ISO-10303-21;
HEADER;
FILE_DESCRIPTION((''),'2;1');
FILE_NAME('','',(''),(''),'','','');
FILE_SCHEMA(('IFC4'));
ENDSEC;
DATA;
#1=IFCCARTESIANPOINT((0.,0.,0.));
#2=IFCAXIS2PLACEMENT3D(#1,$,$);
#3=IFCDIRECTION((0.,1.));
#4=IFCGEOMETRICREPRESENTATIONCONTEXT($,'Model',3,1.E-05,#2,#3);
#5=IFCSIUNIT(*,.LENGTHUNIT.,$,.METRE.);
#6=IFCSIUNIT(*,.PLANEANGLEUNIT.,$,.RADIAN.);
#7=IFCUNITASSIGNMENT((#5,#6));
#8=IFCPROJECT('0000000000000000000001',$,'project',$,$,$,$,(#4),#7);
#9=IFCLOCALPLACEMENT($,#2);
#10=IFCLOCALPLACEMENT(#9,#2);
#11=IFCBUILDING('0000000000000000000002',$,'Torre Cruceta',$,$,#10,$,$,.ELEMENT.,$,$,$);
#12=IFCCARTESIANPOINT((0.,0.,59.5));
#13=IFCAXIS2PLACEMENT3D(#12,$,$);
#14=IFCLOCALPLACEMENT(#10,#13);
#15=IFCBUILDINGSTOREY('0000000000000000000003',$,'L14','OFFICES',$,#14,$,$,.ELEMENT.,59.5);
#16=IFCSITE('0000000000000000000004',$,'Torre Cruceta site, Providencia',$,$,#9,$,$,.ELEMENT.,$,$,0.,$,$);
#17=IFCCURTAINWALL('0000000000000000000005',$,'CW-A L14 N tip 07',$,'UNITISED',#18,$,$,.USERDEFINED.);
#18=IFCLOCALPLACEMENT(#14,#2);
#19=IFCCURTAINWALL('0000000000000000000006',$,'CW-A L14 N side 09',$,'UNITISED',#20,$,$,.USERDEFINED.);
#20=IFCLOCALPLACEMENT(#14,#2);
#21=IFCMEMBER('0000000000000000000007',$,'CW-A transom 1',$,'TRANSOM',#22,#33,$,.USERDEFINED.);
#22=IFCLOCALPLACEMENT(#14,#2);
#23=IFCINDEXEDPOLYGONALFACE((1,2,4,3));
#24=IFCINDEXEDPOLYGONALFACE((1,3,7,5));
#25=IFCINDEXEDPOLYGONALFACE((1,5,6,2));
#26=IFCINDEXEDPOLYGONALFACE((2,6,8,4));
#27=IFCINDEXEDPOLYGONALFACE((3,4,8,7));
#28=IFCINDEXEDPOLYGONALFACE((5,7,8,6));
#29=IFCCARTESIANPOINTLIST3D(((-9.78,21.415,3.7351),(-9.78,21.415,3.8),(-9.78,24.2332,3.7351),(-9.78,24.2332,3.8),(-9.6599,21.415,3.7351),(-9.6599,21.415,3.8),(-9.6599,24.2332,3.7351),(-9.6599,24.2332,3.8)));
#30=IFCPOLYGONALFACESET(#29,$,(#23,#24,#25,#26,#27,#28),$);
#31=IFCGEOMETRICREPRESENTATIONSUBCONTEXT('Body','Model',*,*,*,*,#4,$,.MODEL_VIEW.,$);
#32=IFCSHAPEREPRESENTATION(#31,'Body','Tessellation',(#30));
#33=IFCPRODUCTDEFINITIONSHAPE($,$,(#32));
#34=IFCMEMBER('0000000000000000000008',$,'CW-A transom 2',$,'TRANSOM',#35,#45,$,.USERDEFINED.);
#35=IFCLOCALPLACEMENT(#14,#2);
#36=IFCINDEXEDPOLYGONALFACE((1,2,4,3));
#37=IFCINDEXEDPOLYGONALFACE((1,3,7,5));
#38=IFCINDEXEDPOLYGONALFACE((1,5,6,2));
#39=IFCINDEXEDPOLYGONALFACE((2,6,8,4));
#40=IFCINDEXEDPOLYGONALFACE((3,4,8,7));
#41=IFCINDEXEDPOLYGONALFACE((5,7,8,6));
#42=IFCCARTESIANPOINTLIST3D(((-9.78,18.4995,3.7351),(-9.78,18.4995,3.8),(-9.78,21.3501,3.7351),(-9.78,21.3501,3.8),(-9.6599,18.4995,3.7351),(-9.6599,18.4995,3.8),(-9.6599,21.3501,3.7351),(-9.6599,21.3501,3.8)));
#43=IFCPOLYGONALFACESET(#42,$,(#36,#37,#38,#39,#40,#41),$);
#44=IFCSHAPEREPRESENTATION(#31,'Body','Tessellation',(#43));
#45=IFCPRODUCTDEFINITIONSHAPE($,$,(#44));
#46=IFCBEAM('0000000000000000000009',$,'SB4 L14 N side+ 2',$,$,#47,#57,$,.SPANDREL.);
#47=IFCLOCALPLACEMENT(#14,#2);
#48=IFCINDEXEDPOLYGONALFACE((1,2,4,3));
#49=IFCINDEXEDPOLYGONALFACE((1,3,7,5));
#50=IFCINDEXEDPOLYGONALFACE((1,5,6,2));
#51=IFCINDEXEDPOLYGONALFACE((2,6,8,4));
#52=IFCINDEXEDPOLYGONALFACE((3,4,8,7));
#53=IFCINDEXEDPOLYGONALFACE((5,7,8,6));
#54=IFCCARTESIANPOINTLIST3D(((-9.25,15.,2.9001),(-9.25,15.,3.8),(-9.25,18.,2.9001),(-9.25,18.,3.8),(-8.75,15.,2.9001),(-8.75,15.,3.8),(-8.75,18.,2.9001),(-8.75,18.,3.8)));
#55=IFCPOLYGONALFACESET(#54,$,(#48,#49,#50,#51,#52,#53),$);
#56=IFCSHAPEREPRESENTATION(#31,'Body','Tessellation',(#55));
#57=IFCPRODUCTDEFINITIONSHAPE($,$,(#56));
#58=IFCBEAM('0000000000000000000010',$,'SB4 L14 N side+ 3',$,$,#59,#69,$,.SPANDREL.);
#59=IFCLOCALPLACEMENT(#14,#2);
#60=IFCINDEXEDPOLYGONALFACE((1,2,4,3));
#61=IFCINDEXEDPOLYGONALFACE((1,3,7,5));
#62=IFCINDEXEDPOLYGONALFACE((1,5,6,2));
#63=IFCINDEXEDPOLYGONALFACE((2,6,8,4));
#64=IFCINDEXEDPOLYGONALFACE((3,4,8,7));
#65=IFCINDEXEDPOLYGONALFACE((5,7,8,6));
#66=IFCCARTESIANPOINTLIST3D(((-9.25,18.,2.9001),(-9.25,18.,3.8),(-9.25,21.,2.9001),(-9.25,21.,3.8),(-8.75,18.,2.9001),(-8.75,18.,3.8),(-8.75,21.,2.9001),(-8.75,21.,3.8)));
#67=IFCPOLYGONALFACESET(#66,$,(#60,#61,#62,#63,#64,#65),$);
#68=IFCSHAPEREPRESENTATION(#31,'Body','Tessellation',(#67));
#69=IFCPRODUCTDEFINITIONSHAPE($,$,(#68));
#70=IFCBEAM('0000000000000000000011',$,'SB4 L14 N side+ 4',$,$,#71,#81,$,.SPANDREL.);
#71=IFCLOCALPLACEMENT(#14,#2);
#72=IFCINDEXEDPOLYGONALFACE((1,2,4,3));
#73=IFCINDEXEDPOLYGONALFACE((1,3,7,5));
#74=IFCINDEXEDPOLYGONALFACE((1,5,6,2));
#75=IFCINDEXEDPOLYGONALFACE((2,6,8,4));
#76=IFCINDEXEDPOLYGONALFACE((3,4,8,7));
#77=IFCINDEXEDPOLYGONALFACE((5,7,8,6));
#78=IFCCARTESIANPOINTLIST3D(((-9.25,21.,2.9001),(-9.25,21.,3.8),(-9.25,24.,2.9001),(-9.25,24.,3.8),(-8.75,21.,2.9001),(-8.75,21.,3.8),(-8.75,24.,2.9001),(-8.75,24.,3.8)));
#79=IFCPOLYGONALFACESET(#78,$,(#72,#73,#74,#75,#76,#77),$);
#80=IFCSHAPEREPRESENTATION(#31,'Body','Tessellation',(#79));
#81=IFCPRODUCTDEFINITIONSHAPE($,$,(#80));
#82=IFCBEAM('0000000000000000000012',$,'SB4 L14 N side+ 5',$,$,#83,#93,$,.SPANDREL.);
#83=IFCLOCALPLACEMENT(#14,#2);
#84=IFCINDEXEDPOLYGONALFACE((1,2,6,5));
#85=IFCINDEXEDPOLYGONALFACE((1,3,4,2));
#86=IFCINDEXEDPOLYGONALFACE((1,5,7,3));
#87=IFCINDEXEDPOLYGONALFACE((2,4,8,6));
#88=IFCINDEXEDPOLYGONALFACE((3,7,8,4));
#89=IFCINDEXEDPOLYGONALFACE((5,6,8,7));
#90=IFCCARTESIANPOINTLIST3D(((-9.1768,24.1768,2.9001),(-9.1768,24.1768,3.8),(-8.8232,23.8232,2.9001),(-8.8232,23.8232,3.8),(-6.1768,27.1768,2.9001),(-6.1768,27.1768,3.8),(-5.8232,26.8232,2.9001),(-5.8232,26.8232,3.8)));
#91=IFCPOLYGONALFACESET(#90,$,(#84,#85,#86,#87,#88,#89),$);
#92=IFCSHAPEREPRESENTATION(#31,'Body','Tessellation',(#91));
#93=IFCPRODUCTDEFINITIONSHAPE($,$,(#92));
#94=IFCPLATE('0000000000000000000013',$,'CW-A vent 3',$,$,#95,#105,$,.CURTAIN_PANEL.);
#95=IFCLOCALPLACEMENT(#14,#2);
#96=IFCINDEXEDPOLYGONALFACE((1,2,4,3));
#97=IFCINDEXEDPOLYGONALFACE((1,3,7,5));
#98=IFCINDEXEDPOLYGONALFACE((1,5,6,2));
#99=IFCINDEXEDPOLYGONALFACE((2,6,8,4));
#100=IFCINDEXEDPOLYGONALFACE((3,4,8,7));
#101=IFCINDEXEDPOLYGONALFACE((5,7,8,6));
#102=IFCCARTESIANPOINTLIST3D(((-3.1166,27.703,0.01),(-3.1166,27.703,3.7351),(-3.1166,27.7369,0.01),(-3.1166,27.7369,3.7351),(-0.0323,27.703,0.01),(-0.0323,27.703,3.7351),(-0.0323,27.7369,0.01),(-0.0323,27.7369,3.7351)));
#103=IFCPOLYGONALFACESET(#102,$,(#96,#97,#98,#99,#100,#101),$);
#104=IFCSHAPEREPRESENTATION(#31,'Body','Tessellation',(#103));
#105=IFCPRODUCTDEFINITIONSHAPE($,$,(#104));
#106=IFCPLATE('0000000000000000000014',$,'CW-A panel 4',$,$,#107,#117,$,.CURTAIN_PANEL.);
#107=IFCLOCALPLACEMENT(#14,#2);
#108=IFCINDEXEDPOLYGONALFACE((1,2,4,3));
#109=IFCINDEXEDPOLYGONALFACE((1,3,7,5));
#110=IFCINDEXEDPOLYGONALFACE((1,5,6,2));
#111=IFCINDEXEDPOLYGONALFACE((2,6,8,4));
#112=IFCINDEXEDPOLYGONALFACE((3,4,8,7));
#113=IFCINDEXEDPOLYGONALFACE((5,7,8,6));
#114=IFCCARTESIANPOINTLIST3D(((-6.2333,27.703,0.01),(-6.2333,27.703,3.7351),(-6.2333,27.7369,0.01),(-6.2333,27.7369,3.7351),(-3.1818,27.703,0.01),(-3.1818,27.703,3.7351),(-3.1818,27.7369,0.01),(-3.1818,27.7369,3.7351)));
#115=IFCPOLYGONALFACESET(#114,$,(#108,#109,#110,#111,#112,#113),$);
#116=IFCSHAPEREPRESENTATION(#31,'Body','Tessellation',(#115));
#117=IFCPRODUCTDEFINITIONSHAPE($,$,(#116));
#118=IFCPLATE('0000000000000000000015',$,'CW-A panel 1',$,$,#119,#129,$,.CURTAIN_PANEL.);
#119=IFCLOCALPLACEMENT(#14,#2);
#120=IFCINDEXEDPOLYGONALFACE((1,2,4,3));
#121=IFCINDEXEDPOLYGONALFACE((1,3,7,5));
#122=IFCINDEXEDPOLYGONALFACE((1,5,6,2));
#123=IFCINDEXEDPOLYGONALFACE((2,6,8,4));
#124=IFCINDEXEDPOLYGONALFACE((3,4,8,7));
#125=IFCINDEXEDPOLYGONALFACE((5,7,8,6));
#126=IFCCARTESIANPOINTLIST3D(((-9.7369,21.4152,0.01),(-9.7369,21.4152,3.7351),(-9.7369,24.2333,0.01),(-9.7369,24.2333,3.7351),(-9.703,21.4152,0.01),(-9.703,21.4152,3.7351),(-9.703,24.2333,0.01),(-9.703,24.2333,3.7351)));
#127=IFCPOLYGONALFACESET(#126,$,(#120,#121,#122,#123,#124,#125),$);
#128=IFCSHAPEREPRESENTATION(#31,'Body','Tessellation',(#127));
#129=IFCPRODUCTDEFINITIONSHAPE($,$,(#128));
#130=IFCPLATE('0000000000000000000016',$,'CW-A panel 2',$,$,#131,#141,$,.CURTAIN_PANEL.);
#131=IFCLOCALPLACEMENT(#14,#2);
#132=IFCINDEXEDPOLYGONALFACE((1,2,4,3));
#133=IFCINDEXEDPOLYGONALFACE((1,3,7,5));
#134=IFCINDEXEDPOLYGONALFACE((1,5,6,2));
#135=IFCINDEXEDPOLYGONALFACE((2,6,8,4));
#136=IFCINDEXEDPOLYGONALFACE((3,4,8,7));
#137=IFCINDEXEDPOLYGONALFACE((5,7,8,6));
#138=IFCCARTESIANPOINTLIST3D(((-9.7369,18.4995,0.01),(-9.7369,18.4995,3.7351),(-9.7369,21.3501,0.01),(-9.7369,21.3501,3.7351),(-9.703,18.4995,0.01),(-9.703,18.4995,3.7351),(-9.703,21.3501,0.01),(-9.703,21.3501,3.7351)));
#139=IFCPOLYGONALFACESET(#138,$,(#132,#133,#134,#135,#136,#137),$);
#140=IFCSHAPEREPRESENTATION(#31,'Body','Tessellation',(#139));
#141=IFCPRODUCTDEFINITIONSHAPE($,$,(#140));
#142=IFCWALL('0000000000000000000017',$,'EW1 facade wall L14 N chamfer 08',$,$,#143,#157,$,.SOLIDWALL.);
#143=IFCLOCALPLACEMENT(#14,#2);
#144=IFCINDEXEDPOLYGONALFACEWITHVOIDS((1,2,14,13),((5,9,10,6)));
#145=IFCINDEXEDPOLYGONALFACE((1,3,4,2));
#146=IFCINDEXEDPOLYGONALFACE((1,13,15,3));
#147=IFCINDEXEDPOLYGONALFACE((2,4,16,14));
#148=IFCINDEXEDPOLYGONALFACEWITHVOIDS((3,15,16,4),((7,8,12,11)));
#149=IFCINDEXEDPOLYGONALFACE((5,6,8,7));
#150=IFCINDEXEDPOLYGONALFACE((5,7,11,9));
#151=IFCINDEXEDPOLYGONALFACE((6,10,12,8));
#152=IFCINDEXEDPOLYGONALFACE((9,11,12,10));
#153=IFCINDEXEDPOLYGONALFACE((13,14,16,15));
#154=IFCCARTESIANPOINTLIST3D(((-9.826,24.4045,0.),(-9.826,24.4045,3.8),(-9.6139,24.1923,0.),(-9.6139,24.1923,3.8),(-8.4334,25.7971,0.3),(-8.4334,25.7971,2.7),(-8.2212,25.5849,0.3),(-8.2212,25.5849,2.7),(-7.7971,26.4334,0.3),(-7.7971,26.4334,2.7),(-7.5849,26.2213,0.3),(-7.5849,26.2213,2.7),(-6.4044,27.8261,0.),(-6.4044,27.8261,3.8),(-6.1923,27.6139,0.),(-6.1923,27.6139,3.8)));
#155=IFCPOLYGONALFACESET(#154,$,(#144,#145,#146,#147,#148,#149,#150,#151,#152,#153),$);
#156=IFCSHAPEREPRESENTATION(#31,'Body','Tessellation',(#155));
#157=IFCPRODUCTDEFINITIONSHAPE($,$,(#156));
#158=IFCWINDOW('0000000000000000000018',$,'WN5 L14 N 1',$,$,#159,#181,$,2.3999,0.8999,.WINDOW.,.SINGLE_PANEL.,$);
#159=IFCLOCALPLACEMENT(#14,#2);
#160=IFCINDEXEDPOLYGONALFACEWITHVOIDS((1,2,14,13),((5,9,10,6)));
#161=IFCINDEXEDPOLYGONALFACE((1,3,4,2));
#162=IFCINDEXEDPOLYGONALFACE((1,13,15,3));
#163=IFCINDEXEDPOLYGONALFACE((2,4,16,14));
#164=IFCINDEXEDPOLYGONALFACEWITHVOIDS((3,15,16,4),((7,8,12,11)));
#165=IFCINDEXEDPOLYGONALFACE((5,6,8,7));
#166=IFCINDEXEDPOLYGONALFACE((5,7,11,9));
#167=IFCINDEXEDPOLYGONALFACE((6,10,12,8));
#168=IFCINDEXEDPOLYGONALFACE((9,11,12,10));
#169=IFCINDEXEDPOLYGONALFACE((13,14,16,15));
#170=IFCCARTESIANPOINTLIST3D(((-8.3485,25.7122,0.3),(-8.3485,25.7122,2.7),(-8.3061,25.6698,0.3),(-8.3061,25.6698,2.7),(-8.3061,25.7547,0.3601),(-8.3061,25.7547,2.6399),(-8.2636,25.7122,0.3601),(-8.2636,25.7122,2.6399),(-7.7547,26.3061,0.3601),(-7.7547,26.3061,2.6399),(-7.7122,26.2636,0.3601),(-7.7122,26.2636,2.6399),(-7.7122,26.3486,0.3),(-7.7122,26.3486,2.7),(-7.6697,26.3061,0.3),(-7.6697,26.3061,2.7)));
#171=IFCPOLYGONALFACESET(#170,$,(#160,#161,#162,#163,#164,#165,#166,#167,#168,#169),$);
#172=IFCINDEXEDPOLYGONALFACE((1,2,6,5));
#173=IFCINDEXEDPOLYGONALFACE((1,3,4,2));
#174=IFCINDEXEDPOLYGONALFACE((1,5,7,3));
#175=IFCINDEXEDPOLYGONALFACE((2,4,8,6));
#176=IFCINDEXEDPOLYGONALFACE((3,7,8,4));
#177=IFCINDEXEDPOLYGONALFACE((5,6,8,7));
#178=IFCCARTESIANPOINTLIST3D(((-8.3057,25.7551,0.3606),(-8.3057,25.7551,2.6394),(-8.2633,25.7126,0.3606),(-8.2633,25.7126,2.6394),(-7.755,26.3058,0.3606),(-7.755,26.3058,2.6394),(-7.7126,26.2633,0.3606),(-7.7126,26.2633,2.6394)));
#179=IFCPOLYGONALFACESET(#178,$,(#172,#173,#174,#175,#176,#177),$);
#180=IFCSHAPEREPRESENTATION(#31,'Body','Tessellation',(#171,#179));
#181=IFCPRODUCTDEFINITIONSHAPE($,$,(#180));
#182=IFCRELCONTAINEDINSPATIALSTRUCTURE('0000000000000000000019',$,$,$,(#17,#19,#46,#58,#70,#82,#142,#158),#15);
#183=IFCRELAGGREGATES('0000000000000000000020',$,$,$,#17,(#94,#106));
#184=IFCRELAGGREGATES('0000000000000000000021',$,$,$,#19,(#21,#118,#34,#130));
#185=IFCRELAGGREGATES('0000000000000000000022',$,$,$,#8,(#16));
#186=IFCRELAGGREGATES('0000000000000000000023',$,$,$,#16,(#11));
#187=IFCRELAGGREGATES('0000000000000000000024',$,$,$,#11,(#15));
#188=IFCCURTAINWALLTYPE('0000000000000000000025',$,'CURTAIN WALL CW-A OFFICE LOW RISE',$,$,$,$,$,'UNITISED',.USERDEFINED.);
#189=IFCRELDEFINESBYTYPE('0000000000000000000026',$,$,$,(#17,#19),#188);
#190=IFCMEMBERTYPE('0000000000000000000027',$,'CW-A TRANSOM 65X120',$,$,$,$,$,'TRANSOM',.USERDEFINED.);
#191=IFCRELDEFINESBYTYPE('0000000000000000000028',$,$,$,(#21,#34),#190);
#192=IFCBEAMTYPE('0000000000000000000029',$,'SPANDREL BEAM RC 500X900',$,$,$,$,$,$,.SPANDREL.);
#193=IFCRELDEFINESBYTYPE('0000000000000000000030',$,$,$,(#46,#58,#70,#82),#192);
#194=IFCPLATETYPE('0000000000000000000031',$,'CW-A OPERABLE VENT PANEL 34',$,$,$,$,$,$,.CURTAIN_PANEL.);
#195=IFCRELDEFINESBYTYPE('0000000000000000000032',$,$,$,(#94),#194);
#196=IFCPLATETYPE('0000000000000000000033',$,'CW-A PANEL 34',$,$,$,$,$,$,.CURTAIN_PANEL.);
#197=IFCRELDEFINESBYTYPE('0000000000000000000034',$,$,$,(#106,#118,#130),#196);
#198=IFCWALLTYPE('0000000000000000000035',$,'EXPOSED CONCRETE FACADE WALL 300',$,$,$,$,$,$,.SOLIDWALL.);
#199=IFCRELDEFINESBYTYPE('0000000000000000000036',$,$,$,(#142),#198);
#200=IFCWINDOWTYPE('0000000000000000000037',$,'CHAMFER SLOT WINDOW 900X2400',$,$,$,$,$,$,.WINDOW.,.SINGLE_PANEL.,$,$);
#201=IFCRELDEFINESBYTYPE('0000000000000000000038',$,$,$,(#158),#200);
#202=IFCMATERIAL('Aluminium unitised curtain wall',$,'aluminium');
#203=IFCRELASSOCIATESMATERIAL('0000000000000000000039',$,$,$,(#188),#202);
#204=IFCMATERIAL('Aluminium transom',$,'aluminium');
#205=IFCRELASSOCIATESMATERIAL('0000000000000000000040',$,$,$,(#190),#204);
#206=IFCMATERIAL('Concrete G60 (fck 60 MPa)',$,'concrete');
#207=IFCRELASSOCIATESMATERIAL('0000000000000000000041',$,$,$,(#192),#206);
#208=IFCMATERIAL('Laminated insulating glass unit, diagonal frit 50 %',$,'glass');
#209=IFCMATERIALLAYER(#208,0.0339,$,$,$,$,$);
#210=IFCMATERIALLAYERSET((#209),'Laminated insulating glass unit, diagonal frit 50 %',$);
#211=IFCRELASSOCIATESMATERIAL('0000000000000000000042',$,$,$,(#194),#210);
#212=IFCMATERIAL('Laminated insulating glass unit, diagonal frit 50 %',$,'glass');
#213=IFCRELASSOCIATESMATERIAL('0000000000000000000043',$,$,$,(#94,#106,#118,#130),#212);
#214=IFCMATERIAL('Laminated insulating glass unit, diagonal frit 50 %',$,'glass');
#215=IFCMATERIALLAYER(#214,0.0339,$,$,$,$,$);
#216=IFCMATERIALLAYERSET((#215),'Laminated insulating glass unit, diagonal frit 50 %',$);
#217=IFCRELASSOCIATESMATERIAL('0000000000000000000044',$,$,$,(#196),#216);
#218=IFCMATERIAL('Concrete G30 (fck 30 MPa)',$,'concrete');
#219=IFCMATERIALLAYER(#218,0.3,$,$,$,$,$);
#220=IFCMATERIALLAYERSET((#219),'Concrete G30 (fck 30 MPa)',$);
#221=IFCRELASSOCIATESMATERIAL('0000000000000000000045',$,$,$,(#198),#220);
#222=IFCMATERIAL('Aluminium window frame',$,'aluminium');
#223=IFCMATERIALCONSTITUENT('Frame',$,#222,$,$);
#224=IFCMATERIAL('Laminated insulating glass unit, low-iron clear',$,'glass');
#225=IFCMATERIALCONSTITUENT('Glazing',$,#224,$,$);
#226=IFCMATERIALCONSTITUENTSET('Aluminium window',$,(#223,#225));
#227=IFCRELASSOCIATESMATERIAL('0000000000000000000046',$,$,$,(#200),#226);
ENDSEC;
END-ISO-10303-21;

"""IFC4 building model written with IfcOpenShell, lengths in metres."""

from ifc_helpers import new_model, si_unit, direction, frame, frame_2d, origin, origin_2d, place, context, subcontext, project, spatial, rectangle, hollow_rectangle, extrude, material, layer, layer_set, constituent, constituent_set, material_profile, profile_set, type_object, element, fill, aggregate, save


model = new_model("IFC4")

# Units and contexts
model_context = context("Model", 3, precision=1e-05, world=origin(), true_north=direction((0.0, 1.0)))
body_context = subcontext(model_context, "Body", "Model", "MODEL_VIEW")
ifc_project = project(units=[si_unit("LENGTHUNIT", "METRE"), si_unit("PLANEANGLEUNIT", "RADIAN")], contexts=[model_context])

# Site, building, storey
site_placement = place(None, origin())
site = spatial("IfcSite", under=ifc_project, at=site_placement, Name="Torre Cruceta site, Providencia", CompositionType="ELEMENT", RefElevation=0.0)
building_placement = place(site_placement, origin())
building = spatial("IfcBuilding", under=site, at=building_placement, Name="Torre Cruceta", CompositionType="ELEMENT")
storey_placement = place(building_placement, frame((0.0, 0.0, 59.5)))
storey = spatial("IfcBuildingStorey", under=building, at=storey_placement, Name="L14", Description="OFFICES", CompositionType="ELEMENT", Elevation=59.5)

# Curtain walls
ifc_material_1 = material(Name="Aluminium unitised curtain wall", Category="aluminium")
curtain_wall_type = type_object("IfcCurtainWallType", Name="CURTAIN WALL CW-A OFFICE LOW RISE", ElementType="UNITISED", PredefinedType="USERDEFINED", material=ifc_material_1)
curtain_wall_1_placement = place(storey_placement, origin())
curtain_wall_1 = element("IfcCurtainWall", 1, at=curtain_wall_1_placement, inside=storey, type_object=curtain_wall_type, Name="CW-A L14 N tip 07", ObjectType="UNITISED", PredefinedType="USERDEFINED")
curtain_wall_2_placement = place(storey_placement, origin())
curtain_wall_2 = element("IfcCurtainWall", 2, at=curtain_wall_2_placement, inside=storey, type_object=curtain_wall_type, Name="CW-A L14 N side 09", ObjectType="UNITISED", PredefinedType="USERDEFINED")

# Members
ifc_material_2 = material(Name="Aluminium transom", Category="aluminium")
ifc_material_profile_1 = material_profile(ifc_material_2, rectangle(XDim=0.1201, YDim=0.0649, at=origin_2d()), Name="AL 120X65")
ifc_profile_set_1 = profile_set([ifc_material_profile_1], Name="Aluminium transom")
member_type_1 = type_object("IfcMemberType", Name="CW-A TRANSOM 65X120", ElementType="TRANSOM", PredefinedType="USERDEFINED", material=ifc_profile_set_1)
member_1_placement = place(storey_placement, frame((-9.72, 24.2332, 3.7676), z_axis=(0.0, -1.0, 0.0), x_axis=(1.0, 0.0, 0.0)))
member_1 = element("IfcMember", 3, at=member_1_placement, type_object=member_type_1, Name="CW-A transom 1", ObjectType="TRANSOM", PredefinedType="USERDEFINED", context=body_context, shape_type="SweptSolid", body=[
    extrude(rectangle(XDim=0.1201, YDim=0.0649, at=origin_2d()), origin(), (0.0, 0.0, 1.0), 2.8181),
])
member_2_placement = place(storey_placement, frame((-9.72, 21.3501, 3.7676), z_axis=(0.0, -1.0, 0.0), x_axis=(1.0, 0.0, 0.0)))
member_2 = element("IfcMember", 4, at=member_2_placement, type_object=member_type_1, Name="CW-A transom 2", ObjectType="TRANSOM", PredefinedType="USERDEFINED", context=body_context, shape_type="SweptSolid", body=[
    extrude(rectangle(XDim=0.1201, YDim=0.0649, at=origin_2d()), origin(), (0.0, 0.0, 1.0), 2.8506),
])

# Beams
ifc_material_3 = material(Name="Concrete G60 (fck 60 MPa)", Category="concrete")
ifc_material_profile_2 = material_profile(ifc_material_3, rectangle(XDim=0.5, YDim=0.8999, at=origin_2d()), Name="RC 500X900")
ifc_profile_set_2 = profile_set([ifc_material_profile_2], Name="Concrete G60 (fck 60 MPa)")
beam_type_1 = type_object("IfcBeamType", Name="SPANDREL BEAM RC 500X900", PredefinedType="SPANDREL", material=ifc_profile_set_2)
for number, where, z_axis, x_axis, name in (
    (5, (-9.0, 15.0, 3.3501), (0.0, 1.0, 0.0), (-1.0, 0.0, 0.0), "SB4 L14 N side+ 2"),
    (6, (-9.0, 18.0, 3.3501), (0.0, 1.0, 0.0), (-1.0, 0.0, 0.0), "SB4 L14 N side+ 3"),
    (7, (-9.0, 21.0, 3.3501), (0.0, 1.0, 0.0), (-1.0, 0.0, 0.0), "SB4 L14 N side+ 4"),
):
    element("IfcBeam", number, at=place(storey_placement, frame(where, z_axis=z_axis, x_axis=x_axis)), inside=storey, type_object=beam_type_1, Name=name, PredefinedType="SPANDREL", context=body_context, shape_type="SweptSolid", body=[
        extrude(rectangle(XDim=0.5, YDim=0.8999, at=origin_2d()), origin(), (0.0, 0.0, 1.0), 3.0),
    ])
beam_placement = place(storey_placement, frame((-9.0, 24.0, 3.3501), z_axis=(0.707107, 0.707107, 0.0), x_axis=(-0.707107, 0.707107, 0.0)))
element("IfcBeam", 8, at=beam_placement, inside=storey, type_object=beam_type_1, Name="SB4 L14 N side+ 5", PredefinedType="SPANDREL", context=body_context, shape_type="SweptSolid", body=[
    extrude(rectangle(XDim=0.5, YDim=0.8999, at=origin_2d()), origin(), (0.0, 0.0, 1.0), 4.2427),
])

# Plates
ifc_material_4 = material(Name="Laminated insulating glass unit, diagonal frit 50 %", Category="glass")
ifc_material_5 = material(Name="Laminated insulating glass unit, diagonal frit 50 %", Category="glass")
ifc_layer_1 = layer(ifc_material_5, 0.0339)
ifc_layer_set_1 = layer_set([ifc_layer_1], Name="Laminated insulating glass unit, diagonal frit 50 %")
plate_type_1 = type_object("IfcPlateType", Name="CW-A OPERABLE VENT PANEL 34", PredefinedType="CURTAIN_PANEL", material=ifc_layer_set_1)
plate_1_placement = place(storey_placement, frame((-1.5745, 27.72, 0.01), z_axis=(0.0, 0.0, 1.0), x_axis=(-1.0, 0.0, 0.0)))
plate_1 = element("IfcPlate", 9, at=plate_1_placement, type_object=plate_type_1, material=ifc_material_4, Name="CW-A vent 3", PredefinedType="CURTAIN_PANEL", context=body_context, shape_type="SweptSolid", body=[
    extrude(rectangle(XDim=3.0842, YDim=0.0339, at=origin_2d()), origin(), (0.0, 0.0, 1.0), 3.7251),
])
ifc_material_6 = material(Name="Laminated insulating glass unit, diagonal frit 50 %", Category="glass")
ifc_layer_2 = layer(ifc_material_6, 0.0339)
ifc_layer_set_2 = layer_set([ifc_layer_2], Name="Laminated insulating glass unit, diagonal frit 50 %")
plate_type_2 = type_object("IfcPlateType", Name="CW-A PANEL 34", PredefinedType="CURTAIN_PANEL", material=ifc_layer_set_2)
plate_2_placement = place(storey_placement, frame((-4.7075, 27.72, 0.01), z_axis=(0.0, 0.0, 1.0), x_axis=(-1.0, 0.0, 0.0)))
plate_2 = element("IfcPlate", 10, at=plate_2_placement, type_object=plate_type_2, material=ifc_material_4, Name="CW-A panel 4", PredefinedType="CURTAIN_PANEL", context=body_context, shape_type="SweptSolid", body=[
    extrude(rectangle(XDim=3.0515, YDim=0.0339, at=origin_2d()), origin(), (0.0, 0.0, 1.0), 3.7251),
])
aggregate(curtain_wall_1, [plate_1, plate_2])
plate_3_placement = place(storey_placement, frame((-9.72, 22.8242, 0.01), z_axis=(0.0, 0.0, 1.0), x_axis=(0.0, -1.0, 0.0)))
plate_3 = element("IfcPlate", 11, at=plate_3_placement, type_object=plate_type_2, material=ifc_material_4, Name="CW-A panel 1", PredefinedType="CURTAIN_PANEL", context=body_context, shape_type="SweptSolid", body=[
    extrude(rectangle(XDim=2.8181, YDim=0.0339, at=origin_2d()), origin(), (0.0, 0.0, 1.0), 3.7251),
])
plate_4_placement = place(storey_placement, frame((-9.72, 19.9248, 0.01), z_axis=(0.0, 0.0, 1.0), x_axis=(0.0, -1.0, 0.0)))
plate_4 = element("IfcPlate", 12, at=plate_4_placement, type_object=plate_type_2, material=ifc_material_4, Name="CW-A panel 2", PredefinedType="CURTAIN_PANEL", context=body_context, shape_type="SweptSolid", body=[
    extrude(rectangle(XDim=2.8506, YDim=0.0339, at=origin_2d()), origin(), (0.0, 0.0, 1.0), 3.7251),
])
aggregate(curtain_wall_2, [member_1, plate_3, member_2, plate_4])

# Wall, opening, window
ifc_material_7 = material(Name="Concrete G30 (fck 30 MPa)", Category="concrete")
ifc_layer_3 = layer(ifc_material_7, 0.3)
ifc_layer_set_3 = layer_set([ifc_layer_3], Name="Concrete G30 (fck 30 MPa)")
wall_type_1 = type_object("IfcWallType", Name="EXPOSED CONCRETE FACADE WALL 300", PredefinedType="SOLIDWALL", material=ifc_layer_set_3)
wall_1_placement = place(storey_placement, frame((-6.2983, 27.72, 0.0), z_axis=(0.0, 0.0, 1.0), x_axis=(-0.707107, -0.707107, 0.0)))
wall_1 = element("IfcWall", 13, at=wall_1_placement, inside=storey, type_object=wall_type_1, Name="EW1 facade wall L14 N chamfer 08", PredefinedType="SOLIDWALL", context=body_context, shape_type="SweptSolid", body=[
    extrude(rectangle(XDim=4.8389, YDim=0.3, at=frame_2d((2.4194, 0.0))), origin(), (0.0, 0.0, 1.0), 3.8),
])
opening_1_placement = place(wall_1_placement, frame((1.9695, 0.0, 0.3)))
opening_1 = element("IfcOpeningElement", 14, at=opening_1_placement, cuts=wall_1, PredefinedType="OPENING", context=body_context, shape_type="SweptSolid", body=[
    extrude(rectangle(XDim=0.8999, YDim=2.3999, at=frame_2d((0.45, 1.2))), frame((0.0, 0.1599, 0.0), z_axis=(0.0, -1.0, 0.0), x_axis=(1.0, 0.0, 0.0)), (0.0, 0.0, 1.0), 0.3201),
])
ifc_material_8 = material(Name="Aluminium window frame", Category="aluminium")
ifc_constituent_1 = constituent(ifc_material_8, Name="Frame")
ifc_material_9 = material(Name="Laminated insulating glass unit, low-iron clear", Category="glass")
ifc_constituent_2 = constituent(ifc_material_9, Name="Glazing")
ifc_constituent_set_1 = constituent_set(constituents=[ifc_constituent_1, ifc_constituent_2], Name="Aluminium window")
window_type = type_object("IfcWindowType", Name="CHAMFER SLOT WINDOW 900X2400", PartitioningType="SINGLE_PANEL", PredefinedType="WINDOW", material=ifc_constituent_set_1)
window_placement = place(opening_1_placement, origin())
window = element("IfcWindow", 15, at=window_placement, inside=storey, type_object=window_type, Name="WN5 L14 N 1", OverallHeight=2.3999, OverallWidth=0.8999, PartitioningType="SINGLE_PANEL", PredefinedType="WINDOW", context=body_context, shape_type="SweptSolid", body=[
    extrude(hollow_rectangle(XDim=0.8999, YDim=2.3999, WallThickness=0.0601, at=frame_2d((0.45, 1.2))), frame((0.0, 0.03, 0.0), z_axis=(0.0, -1.0, 0.0), x_axis=(1.0, 0.0, 0.0)), (0.0, 0.0, 1.0), 0.0601),
    extrude(rectangle(XDim=0.7788, YDim=2.2788, at=frame_2d((0.45, 1.2))), frame((0.0, 0.03, 0.0), z_axis=(0.0, -1.0, 0.0), x_axis=(1.0, 0.0, 0.0)), (0.0, 0.0, 1.0), 0.0601),
])
fill(opening_1, window)

save(model, "model.ifc")
